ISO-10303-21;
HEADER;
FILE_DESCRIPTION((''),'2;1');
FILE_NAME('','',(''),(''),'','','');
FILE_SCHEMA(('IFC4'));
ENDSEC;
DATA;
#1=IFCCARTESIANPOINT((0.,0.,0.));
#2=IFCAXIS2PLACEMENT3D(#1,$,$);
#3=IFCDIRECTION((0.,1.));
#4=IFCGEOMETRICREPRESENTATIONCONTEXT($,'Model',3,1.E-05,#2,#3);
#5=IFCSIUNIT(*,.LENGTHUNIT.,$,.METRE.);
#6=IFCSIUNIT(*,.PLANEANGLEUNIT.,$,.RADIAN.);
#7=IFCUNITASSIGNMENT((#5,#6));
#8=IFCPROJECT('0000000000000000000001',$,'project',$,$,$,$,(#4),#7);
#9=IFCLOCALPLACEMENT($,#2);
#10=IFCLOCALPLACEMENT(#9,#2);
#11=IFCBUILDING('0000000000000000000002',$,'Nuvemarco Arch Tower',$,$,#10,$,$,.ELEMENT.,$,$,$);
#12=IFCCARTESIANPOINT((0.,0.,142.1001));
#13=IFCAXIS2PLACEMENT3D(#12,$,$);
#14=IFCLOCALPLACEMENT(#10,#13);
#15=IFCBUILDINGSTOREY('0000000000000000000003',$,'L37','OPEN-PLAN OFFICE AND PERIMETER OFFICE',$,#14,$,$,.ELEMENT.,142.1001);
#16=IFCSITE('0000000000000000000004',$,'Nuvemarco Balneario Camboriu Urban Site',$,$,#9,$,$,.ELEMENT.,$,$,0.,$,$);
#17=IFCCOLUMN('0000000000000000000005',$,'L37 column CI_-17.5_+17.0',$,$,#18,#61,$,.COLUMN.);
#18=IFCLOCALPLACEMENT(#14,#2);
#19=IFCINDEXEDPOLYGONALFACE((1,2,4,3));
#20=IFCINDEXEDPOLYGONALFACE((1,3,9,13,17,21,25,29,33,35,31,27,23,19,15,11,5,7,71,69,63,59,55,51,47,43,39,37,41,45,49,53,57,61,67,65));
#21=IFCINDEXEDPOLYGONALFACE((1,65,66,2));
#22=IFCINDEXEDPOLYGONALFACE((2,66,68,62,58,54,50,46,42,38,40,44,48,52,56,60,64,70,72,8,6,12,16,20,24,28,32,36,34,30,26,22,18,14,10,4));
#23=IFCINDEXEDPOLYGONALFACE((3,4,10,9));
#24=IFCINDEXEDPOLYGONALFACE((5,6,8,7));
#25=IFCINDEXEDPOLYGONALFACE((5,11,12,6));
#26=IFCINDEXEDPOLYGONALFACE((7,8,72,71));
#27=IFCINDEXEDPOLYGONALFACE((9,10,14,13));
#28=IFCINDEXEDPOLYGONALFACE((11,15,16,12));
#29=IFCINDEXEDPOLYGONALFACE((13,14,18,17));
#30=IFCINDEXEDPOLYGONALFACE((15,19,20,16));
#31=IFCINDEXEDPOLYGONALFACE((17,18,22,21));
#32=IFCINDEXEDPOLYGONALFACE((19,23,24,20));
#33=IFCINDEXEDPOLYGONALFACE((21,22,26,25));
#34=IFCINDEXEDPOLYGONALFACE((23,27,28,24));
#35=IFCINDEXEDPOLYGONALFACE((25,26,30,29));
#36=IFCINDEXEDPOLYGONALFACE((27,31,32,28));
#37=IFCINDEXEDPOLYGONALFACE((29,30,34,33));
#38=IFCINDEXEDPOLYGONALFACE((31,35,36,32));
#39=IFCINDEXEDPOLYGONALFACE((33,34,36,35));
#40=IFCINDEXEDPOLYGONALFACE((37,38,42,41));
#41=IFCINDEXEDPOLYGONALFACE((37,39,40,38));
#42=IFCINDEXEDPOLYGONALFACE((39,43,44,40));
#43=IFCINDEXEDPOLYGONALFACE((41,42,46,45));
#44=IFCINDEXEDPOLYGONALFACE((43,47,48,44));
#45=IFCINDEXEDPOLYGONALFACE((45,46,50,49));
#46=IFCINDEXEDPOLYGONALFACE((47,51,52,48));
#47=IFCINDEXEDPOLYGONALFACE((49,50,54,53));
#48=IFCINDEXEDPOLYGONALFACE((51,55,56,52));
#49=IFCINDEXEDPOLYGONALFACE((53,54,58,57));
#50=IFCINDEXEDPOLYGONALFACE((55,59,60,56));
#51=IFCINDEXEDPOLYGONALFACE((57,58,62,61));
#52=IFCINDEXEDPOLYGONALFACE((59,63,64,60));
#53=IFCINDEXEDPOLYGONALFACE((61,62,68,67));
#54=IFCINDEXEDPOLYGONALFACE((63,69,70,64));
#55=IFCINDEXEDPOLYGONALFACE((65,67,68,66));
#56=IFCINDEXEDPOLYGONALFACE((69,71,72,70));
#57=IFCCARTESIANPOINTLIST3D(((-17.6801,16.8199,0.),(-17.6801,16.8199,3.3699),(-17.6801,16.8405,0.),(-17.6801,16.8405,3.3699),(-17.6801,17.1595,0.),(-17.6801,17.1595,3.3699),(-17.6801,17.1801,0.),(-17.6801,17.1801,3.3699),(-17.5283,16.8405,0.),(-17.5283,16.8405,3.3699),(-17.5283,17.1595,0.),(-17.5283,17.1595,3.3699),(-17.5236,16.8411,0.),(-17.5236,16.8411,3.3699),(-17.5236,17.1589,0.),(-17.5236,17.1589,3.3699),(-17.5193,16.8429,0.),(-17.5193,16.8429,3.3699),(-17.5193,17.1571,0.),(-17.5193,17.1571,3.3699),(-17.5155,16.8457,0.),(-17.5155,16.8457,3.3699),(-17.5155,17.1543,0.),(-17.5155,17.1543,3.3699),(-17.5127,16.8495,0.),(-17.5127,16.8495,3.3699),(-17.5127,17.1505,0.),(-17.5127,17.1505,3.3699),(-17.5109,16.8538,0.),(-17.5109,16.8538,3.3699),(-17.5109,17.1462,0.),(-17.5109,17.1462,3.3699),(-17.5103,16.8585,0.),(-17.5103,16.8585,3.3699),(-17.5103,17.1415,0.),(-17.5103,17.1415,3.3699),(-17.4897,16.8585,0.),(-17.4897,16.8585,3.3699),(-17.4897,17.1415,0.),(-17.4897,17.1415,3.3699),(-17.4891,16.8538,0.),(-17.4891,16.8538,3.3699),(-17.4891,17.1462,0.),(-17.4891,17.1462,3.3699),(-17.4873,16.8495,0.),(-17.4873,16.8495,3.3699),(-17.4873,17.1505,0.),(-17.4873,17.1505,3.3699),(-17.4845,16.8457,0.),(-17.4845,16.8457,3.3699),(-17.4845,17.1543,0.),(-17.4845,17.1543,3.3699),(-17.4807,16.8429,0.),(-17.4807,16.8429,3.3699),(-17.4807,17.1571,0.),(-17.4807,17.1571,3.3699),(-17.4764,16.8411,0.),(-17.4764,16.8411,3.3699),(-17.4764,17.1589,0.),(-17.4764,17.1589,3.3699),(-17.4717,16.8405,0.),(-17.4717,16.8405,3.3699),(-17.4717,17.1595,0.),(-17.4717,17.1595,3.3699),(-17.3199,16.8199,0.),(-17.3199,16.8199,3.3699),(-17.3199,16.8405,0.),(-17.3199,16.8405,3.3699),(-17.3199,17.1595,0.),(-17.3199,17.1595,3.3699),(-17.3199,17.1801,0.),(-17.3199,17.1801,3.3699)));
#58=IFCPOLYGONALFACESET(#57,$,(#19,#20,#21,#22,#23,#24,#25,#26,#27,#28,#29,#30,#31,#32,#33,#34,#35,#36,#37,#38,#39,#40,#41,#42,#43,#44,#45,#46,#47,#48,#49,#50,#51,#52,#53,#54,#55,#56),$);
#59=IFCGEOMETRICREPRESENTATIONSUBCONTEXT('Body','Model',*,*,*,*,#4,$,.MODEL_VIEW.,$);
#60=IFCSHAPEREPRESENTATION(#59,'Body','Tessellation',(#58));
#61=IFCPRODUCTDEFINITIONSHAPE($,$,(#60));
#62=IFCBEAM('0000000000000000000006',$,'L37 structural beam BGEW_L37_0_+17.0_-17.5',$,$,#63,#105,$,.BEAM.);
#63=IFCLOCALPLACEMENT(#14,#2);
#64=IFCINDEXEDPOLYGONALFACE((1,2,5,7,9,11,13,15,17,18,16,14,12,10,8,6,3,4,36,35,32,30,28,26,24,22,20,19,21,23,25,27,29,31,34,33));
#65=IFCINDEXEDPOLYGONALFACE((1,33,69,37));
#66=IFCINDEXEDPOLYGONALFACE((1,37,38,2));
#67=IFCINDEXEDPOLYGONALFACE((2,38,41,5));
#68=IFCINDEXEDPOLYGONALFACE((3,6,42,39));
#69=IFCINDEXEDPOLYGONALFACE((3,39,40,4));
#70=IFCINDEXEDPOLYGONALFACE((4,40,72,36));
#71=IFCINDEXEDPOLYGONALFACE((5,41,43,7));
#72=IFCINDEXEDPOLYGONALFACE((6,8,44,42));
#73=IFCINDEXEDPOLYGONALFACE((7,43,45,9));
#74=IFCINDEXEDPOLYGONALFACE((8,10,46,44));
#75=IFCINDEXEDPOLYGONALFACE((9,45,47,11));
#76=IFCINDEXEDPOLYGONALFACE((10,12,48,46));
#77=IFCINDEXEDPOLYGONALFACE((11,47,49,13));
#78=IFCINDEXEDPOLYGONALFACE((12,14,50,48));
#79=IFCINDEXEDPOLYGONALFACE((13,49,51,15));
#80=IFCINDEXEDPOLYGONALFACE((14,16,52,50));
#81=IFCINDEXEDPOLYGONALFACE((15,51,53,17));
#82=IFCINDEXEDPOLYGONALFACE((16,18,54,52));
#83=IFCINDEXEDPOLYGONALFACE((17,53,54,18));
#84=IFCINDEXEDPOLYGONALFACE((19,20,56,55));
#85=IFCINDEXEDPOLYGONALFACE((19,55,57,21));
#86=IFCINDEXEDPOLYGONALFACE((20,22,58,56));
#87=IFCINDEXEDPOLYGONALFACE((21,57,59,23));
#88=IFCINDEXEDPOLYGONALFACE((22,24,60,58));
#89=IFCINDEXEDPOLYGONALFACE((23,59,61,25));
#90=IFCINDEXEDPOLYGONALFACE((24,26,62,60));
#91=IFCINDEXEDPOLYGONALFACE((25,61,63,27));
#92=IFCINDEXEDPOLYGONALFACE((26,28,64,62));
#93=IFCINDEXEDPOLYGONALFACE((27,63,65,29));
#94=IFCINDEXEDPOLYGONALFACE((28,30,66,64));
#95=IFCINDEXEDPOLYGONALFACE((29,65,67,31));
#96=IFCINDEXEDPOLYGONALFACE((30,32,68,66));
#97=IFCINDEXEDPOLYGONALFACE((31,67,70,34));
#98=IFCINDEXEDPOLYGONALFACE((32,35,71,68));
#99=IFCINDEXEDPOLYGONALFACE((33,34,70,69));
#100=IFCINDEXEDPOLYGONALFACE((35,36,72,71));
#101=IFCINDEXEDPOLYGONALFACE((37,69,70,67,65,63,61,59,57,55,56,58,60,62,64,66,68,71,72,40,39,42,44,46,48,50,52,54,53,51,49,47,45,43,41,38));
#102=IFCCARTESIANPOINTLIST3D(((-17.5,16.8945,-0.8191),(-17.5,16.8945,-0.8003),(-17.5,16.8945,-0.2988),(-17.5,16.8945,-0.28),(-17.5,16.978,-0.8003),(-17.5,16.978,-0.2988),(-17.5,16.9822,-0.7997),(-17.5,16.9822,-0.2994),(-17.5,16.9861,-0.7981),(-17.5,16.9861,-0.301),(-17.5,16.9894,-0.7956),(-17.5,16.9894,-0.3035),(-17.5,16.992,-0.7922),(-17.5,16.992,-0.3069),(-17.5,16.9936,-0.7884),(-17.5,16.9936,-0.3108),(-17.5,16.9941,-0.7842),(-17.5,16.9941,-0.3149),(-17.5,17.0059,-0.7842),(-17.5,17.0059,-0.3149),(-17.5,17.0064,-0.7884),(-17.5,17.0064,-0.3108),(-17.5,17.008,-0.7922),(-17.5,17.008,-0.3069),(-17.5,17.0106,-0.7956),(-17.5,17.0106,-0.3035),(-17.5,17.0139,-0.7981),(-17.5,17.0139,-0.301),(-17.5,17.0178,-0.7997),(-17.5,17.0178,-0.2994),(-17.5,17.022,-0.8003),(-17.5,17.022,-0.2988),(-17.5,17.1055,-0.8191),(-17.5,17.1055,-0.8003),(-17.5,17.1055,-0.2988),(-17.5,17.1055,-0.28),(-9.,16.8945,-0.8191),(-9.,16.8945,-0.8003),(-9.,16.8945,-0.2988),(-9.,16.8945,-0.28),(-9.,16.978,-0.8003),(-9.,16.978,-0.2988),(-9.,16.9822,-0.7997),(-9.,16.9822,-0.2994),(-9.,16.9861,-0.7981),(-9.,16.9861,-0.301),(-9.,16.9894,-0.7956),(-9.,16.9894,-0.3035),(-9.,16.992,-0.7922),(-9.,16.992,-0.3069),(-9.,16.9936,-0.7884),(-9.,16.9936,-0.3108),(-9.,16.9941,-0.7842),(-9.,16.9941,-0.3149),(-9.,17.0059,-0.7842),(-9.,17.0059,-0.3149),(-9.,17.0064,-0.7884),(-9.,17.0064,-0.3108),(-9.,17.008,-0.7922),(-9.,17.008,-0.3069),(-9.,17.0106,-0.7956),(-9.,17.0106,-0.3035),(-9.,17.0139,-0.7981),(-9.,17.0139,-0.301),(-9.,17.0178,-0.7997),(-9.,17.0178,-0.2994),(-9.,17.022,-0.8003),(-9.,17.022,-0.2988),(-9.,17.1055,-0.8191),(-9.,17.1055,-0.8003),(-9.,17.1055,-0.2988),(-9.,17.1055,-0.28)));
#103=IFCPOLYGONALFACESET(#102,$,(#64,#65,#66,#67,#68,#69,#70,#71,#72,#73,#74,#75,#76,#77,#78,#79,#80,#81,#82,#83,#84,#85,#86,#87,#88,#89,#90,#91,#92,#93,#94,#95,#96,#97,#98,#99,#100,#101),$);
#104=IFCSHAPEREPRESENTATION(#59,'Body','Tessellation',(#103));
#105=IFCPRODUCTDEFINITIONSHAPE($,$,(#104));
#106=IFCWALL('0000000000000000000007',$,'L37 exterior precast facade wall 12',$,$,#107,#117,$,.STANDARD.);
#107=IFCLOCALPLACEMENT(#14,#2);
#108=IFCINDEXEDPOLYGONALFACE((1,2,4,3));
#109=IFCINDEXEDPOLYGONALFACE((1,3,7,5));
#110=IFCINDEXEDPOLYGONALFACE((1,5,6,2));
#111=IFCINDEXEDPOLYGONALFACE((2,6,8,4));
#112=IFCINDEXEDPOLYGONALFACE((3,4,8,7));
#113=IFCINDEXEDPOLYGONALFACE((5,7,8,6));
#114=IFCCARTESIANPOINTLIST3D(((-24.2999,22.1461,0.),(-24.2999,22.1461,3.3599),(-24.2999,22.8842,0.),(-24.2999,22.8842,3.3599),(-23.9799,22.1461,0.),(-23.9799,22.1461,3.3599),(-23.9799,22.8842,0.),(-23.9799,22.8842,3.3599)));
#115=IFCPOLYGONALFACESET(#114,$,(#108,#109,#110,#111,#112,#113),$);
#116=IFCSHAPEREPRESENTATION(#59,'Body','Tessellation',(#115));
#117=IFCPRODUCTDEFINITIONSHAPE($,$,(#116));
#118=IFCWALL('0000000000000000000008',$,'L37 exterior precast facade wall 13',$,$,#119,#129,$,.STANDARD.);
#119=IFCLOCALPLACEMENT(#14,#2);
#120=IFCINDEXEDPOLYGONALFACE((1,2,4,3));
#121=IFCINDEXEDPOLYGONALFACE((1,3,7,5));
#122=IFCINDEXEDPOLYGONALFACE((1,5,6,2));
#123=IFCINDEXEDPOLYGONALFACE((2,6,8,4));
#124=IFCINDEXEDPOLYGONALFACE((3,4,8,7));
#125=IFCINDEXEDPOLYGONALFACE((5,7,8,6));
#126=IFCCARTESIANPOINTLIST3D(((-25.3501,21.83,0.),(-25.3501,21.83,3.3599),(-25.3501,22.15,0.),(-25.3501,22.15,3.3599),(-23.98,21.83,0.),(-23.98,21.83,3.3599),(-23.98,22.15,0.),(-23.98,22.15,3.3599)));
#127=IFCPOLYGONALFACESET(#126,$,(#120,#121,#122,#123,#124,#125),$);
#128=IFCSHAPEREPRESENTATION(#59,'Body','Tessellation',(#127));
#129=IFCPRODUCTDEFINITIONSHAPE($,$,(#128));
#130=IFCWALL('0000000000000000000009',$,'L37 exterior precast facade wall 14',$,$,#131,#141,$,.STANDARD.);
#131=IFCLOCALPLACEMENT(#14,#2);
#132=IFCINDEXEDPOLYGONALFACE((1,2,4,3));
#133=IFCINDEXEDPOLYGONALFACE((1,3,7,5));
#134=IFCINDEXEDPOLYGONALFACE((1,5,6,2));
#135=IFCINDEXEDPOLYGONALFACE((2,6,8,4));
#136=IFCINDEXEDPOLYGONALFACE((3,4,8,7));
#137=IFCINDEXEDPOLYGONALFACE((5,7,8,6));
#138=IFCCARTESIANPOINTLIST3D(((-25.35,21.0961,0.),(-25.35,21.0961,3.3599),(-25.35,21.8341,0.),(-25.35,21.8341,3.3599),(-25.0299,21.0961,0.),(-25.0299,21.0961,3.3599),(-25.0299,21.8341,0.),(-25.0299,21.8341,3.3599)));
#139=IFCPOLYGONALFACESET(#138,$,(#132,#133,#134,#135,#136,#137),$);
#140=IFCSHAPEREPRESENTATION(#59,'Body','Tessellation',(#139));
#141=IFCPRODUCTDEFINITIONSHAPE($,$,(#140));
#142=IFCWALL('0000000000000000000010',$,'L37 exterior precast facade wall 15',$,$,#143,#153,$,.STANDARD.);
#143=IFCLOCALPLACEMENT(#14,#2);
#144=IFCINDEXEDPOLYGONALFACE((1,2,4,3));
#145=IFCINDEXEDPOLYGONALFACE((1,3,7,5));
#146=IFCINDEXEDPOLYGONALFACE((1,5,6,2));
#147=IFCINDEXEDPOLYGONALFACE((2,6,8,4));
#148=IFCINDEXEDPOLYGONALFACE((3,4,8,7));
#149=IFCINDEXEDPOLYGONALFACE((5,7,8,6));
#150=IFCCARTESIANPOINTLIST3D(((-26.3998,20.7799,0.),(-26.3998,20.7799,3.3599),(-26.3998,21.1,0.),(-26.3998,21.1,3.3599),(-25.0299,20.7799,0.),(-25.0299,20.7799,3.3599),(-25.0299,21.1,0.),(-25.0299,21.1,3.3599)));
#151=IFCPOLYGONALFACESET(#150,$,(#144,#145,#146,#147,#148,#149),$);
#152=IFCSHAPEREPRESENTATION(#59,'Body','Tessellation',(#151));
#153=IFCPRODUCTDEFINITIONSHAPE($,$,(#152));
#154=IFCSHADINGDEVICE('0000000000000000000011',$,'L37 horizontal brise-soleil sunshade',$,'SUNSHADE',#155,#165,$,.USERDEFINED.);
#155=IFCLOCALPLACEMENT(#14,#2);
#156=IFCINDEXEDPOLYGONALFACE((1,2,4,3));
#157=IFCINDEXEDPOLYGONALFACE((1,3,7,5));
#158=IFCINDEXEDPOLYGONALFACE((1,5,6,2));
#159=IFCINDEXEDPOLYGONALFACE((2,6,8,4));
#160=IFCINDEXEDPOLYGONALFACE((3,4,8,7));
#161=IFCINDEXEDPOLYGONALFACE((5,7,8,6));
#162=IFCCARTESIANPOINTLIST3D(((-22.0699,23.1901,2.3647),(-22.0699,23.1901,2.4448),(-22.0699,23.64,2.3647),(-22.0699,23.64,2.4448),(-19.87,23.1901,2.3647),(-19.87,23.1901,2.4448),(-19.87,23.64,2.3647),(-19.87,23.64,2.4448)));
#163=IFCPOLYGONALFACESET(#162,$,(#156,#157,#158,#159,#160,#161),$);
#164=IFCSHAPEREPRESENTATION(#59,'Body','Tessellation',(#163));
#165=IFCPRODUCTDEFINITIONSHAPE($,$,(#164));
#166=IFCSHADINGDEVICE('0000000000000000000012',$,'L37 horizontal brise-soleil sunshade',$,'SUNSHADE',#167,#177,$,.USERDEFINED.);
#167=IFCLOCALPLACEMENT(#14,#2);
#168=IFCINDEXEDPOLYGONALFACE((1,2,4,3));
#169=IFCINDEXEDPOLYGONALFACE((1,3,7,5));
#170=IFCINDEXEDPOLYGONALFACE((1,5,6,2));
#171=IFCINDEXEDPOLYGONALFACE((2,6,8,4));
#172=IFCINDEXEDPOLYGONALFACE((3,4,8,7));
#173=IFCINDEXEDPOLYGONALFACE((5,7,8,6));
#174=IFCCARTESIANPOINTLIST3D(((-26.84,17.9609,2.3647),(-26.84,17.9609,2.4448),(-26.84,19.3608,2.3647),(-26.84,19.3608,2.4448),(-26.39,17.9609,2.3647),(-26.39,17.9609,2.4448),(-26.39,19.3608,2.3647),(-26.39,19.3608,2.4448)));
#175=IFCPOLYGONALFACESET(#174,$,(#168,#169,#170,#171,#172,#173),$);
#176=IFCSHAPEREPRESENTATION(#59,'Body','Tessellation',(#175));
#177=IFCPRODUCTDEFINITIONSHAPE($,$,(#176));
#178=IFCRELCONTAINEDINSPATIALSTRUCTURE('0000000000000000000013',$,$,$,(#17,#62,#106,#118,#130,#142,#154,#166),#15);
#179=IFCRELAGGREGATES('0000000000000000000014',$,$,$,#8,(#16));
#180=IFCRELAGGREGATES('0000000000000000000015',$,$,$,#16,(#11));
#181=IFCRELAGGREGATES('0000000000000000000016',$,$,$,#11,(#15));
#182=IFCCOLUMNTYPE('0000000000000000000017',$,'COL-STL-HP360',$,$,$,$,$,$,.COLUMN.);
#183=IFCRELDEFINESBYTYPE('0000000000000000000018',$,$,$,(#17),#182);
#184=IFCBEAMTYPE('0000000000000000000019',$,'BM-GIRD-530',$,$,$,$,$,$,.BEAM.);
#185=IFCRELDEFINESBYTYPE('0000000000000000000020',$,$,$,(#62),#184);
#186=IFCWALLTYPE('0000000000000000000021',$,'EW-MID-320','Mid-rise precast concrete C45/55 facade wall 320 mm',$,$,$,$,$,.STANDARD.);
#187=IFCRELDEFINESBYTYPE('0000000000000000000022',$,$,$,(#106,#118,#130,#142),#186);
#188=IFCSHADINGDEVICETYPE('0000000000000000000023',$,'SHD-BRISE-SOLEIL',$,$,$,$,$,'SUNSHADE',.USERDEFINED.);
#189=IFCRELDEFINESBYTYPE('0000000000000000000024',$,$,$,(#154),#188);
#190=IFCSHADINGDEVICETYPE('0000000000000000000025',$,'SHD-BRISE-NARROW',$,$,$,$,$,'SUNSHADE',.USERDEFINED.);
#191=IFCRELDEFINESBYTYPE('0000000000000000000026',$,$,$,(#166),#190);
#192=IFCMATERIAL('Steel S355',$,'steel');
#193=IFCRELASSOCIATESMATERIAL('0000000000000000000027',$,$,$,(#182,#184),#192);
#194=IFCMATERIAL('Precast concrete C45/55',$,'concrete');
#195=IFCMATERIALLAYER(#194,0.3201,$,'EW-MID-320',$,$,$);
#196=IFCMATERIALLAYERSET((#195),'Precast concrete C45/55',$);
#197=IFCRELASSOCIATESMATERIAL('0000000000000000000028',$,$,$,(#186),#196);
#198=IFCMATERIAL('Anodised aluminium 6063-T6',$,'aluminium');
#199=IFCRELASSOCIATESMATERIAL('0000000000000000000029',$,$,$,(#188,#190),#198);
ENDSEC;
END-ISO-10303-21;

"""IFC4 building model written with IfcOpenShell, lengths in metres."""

from ifc_helpers import new_model, si_unit, direction, frame, frame_2d, origin, origin_2d, place, context, subcontext, project, spatial, rectangle, i_section, extrude, source, transform, mapped, material, layer, layer_set, material_profile, profile_set, type_object, type_shapes, element, save


model = new_model("IFC4")

# Units and contexts
model_context = context("Model", 3, precision=1e-05, world=origin(), true_north=direction((0.0, 1.0)))
body_context = subcontext(model_context, "Body", "Model", "MODEL_VIEW")
ifc_project = project(units=[si_unit("LENGTHUNIT", "METRE"), si_unit("PLANEANGLEUNIT", "RADIAN")], contexts=[model_context])

# Site, building, storey
site_placement = place(None, origin())
site = spatial("IfcSite", under=ifc_project, at=site_placement, Name="Nuvemarco Balneario Camboriu Urban Site", CompositionType="ELEMENT", RefElevation=0.0)
building_placement = place(site_placement, origin())
building = spatial("IfcBuilding", under=site, at=building_placement, Name="Nuvemarco Arch Tower", CompositionType="ELEMENT")
storey_placement = place(building_placement, frame((0.0, 0.0, 142.1001)))
storey = spatial("IfcBuildingStorey", under=building, at=storey_placement, Name="L37", Description="OPEN-PLAN OFFICE AND PERIMETER OFFICE", CompositionType="ELEMENT", Elevation=142.1001)

# Column
ifc_material_1 = material(Name="Steel S355", Category="steel")
ifc_material_profile_1 = material_profile(ifc_material_1, i_section(OverallWidth=0.3601, OverallDepth=0.3601, WebThickness=0.0205, FlangeThickness=0.0205, FilletRadius=0.0181, at=origin_2d()), Name="HP360x174")
ifc_profile_set_1 = profile_set([ifc_material_profile_1], Name="Steel S355")
column_type = type_object("IfcColumnType", Name="COL-STL-HP360", PredefinedType="COLUMN", material=ifc_profile_set_1)
column_placement = place(storey_placement, frame((-17.5, 17.0, 0.0), z_axis=(0.0, 0.0, 1.0), x_axis=(1.0, 0.0, 0.0)))
element("IfcColumn", 1, at=column_placement, inside=storey, type_object=column_type, Name="L37 column CI_-17.5_+17.0", PredefinedType="COLUMN", context=body_context, shape_type="SweptSolid", body=[
    extrude(i_section(OverallWidth=0.3601, OverallDepth=0.3601, WebThickness=0.0205, FlangeThickness=0.0205, FilletRadius=0.0181, at=origin_2d()), origin(), (0.0, 0.0, 1.0), 3.3699),
])

# Beam
ifc_material_profile_2 = material_profile(ifc_material_1, i_section(OverallWidth=0.2109, OverallDepth=0.5391, WebThickness=0.0117, FlangeThickness=0.0188, FilletRadius=0.0161, at=origin_2d()), Name="W530x109")
ifc_profile_set_2 = profile_set([ifc_material_profile_2], Name="Steel S355")
beam_type = type_object("IfcBeamType", Name="BM-GIRD-530", PredefinedType="BEAM", material=ifc_profile_set_2)
beam_placement = place(storey_placement, frame((-17.5, 17.0, -0.5496), z_axis=(1.0, 0.0, 0.0), x_axis=(0.0, 1.0, 0.0)))
element("IfcBeam", 2, at=beam_placement, inside=storey, type_object=beam_type, Name="L37 structural beam BGEW_L37_0_+17.0_-17.5", PredefinedType="BEAM", context=body_context, shape_type="SweptSolid", body=[
    extrude(i_section(OverallWidth=0.2109, OverallDepth=0.5391, WebThickness=0.0117, FlangeThickness=0.0188, FilletRadius=0.0161, at=origin_2d()), origin(), (0.0, 0.0, 1.0), 8.5),
])

# Shared definitions
ifc_material_2 = material(Name="Precast concrete C45/55", Category="concrete")
ifc_layer = layer(ifc_material_2, 0.3201, Name="EW-MID-320")
ifc_layer_set = layer_set([ifc_layer], Name="Precast concrete C45/55")
wall_type = type_object("IfcWallType", Name="EW-MID-320", Description="Mid-rise precast concrete C45/55 facade wall 320 mm", PredefinedType="STANDARD", material=ifc_layer_set)

# Walls
wall_1_placement = place(storey_placement, frame((-24.1399, 22.146, 0.0), z_axis=(0.0, 0.0, 1.0), x_axis=(0.0, 1.0, 0.0)))
element("IfcWall", 3, at=wall_1_placement, inside=storey, type_object=wall_type, Name="L37 exterior precast facade wall 12", PredefinedType="STANDARD", context=body_context, shape_type="SweptSolid", body=[
    extrude(rectangle(XDim=0.738, YDim=0.3201, at=frame_2d((0.3691, 0.0))), origin(), (0.0, 0.0, 1.0), 3.3599),
])
wall_2_placement = place(storey_placement, frame((-25.3501, 21.99, 0.0), z_axis=(0.0, 0.0, 1.0), x_axis=(1.0, 0.0, 0.0)))
element("IfcWall", 4, at=wall_2_placement, inside=storey, type_object=wall_type, Name="L37 exterior precast facade wall 13", PredefinedType="STANDARD", context=body_context, shape_type="SweptSolid", body=[
    extrude(rectangle(XDim=1.3701, YDim=0.3201, at=frame_2d((0.6851, 0.0))), origin(), (0.0, 0.0, 1.0), 3.3599),
])
wall_3_placement = place(storey_placement, frame((-25.1899, 21.0959, 0.0), z_axis=(0.0, 0.0, 1.0), x_axis=(0.0, 1.0, 0.0)))
element("IfcWall", 5, at=wall_3_placement, inside=storey, type_object=wall_type, Name="L37 exterior precast facade wall 14", PredefinedType="STANDARD", context=body_context, shape_type="SweptSolid", body=[
    extrude(rectangle(XDim=0.738, YDim=0.3201, at=frame_2d((0.3691, 0.0))), origin(), (0.0, 0.0, 1.0), 3.3599),
])
wall_4_placement = place(storey_placement, frame((-26.3999, 20.9399, 0.0), z_axis=(0.0, 0.0, 1.0), x_axis=(1.0, 0.0, 0.0)))
element("IfcWall", 6, at=wall_4_placement, inside=storey, type_object=wall_type, Name="L37 exterior precast facade wall 15", PredefinedType="STANDARD", context=body_context, shape_type="SweptSolid", body=[
    extrude(rectangle(XDim=1.3699, YDim=0.3201, at=frame_2d((0.6851, 0.0))), origin(), (0.0, 0.0, 1.0), 3.3599),
])

# Shading devices
ifc_material_3 = material(Name="Anodised aluminium 6063-T6", Category="aluminium")
shading_device_type_1 = type_object("IfcShadingDeviceType", Name="SHD-BRISE-SOLEIL", ElementType="SUNSHADE", PredefinedType="USERDEFINED", material=ifc_material_3)
shared_shape_1 = source(origin(), body_context, "Body", "SweptSolid", [
    extrude(rectangle(XDim=2.2, YDim=0.45, at=origin_2d()), origin(), (0.0, 0.0, 1.0), 0.0801),
])
type_shapes(shading_device_type_1, [shared_shape_1])
shading_device_1_placement = place(storey_placement, frame((-20.97, 23.415, 2.3647), z_axis=(0.0, 0.0, 1.0), x_axis=(1.0, 0.0, 0.0)))
element("IfcShadingDevice", 7, at=shading_device_1_placement, inside=storey, type_object=shading_device_type_1, Name="L37 horizontal brise-soleil sunshade", ObjectType="SUNSHADE", PredefinedType="USERDEFINED", context=body_context, shape_type="MappedRepresentation", body=[
    mapped(shared_shape_1, transform((0.0, 0.0, 0.0), scale=1.0)),
])
shading_device_type_2 = type_object("IfcShadingDeviceType", Name="SHD-BRISE-NARROW", ElementType="SUNSHADE", PredefinedType="USERDEFINED", material=ifc_material_3)
shared_shape_2 = source(origin(), body_context, "Body", "SweptSolid", [
    extrude(rectangle(XDim=1.3999, YDim=0.45, at=origin_2d()), origin(), (0.0, 0.0, 1.0), 0.0801),
])
type_shapes(shading_device_type_2, [shared_shape_2])
shading_device_2_placement = place(storey_placement, frame((-26.615, 18.6609, 2.3647), z_axis=(0.0, 0.0, 1.0), x_axis=(0.0, 1.0, 0.0)))
element("IfcShadingDevice", 8, at=shading_device_2_placement, inside=storey, type_object=shading_device_type_2, Name="L37 horizontal brise-soleil sunshade", ObjectType="SUNSHADE", PredefinedType="USERDEFINED", context=body_context, shape_type="MappedRepresentation", body=[
    mapped(shared_shape_2, transform((0.0, 0.0, 0.0), scale=1.0)),
])

save(model, "model.ifc")
